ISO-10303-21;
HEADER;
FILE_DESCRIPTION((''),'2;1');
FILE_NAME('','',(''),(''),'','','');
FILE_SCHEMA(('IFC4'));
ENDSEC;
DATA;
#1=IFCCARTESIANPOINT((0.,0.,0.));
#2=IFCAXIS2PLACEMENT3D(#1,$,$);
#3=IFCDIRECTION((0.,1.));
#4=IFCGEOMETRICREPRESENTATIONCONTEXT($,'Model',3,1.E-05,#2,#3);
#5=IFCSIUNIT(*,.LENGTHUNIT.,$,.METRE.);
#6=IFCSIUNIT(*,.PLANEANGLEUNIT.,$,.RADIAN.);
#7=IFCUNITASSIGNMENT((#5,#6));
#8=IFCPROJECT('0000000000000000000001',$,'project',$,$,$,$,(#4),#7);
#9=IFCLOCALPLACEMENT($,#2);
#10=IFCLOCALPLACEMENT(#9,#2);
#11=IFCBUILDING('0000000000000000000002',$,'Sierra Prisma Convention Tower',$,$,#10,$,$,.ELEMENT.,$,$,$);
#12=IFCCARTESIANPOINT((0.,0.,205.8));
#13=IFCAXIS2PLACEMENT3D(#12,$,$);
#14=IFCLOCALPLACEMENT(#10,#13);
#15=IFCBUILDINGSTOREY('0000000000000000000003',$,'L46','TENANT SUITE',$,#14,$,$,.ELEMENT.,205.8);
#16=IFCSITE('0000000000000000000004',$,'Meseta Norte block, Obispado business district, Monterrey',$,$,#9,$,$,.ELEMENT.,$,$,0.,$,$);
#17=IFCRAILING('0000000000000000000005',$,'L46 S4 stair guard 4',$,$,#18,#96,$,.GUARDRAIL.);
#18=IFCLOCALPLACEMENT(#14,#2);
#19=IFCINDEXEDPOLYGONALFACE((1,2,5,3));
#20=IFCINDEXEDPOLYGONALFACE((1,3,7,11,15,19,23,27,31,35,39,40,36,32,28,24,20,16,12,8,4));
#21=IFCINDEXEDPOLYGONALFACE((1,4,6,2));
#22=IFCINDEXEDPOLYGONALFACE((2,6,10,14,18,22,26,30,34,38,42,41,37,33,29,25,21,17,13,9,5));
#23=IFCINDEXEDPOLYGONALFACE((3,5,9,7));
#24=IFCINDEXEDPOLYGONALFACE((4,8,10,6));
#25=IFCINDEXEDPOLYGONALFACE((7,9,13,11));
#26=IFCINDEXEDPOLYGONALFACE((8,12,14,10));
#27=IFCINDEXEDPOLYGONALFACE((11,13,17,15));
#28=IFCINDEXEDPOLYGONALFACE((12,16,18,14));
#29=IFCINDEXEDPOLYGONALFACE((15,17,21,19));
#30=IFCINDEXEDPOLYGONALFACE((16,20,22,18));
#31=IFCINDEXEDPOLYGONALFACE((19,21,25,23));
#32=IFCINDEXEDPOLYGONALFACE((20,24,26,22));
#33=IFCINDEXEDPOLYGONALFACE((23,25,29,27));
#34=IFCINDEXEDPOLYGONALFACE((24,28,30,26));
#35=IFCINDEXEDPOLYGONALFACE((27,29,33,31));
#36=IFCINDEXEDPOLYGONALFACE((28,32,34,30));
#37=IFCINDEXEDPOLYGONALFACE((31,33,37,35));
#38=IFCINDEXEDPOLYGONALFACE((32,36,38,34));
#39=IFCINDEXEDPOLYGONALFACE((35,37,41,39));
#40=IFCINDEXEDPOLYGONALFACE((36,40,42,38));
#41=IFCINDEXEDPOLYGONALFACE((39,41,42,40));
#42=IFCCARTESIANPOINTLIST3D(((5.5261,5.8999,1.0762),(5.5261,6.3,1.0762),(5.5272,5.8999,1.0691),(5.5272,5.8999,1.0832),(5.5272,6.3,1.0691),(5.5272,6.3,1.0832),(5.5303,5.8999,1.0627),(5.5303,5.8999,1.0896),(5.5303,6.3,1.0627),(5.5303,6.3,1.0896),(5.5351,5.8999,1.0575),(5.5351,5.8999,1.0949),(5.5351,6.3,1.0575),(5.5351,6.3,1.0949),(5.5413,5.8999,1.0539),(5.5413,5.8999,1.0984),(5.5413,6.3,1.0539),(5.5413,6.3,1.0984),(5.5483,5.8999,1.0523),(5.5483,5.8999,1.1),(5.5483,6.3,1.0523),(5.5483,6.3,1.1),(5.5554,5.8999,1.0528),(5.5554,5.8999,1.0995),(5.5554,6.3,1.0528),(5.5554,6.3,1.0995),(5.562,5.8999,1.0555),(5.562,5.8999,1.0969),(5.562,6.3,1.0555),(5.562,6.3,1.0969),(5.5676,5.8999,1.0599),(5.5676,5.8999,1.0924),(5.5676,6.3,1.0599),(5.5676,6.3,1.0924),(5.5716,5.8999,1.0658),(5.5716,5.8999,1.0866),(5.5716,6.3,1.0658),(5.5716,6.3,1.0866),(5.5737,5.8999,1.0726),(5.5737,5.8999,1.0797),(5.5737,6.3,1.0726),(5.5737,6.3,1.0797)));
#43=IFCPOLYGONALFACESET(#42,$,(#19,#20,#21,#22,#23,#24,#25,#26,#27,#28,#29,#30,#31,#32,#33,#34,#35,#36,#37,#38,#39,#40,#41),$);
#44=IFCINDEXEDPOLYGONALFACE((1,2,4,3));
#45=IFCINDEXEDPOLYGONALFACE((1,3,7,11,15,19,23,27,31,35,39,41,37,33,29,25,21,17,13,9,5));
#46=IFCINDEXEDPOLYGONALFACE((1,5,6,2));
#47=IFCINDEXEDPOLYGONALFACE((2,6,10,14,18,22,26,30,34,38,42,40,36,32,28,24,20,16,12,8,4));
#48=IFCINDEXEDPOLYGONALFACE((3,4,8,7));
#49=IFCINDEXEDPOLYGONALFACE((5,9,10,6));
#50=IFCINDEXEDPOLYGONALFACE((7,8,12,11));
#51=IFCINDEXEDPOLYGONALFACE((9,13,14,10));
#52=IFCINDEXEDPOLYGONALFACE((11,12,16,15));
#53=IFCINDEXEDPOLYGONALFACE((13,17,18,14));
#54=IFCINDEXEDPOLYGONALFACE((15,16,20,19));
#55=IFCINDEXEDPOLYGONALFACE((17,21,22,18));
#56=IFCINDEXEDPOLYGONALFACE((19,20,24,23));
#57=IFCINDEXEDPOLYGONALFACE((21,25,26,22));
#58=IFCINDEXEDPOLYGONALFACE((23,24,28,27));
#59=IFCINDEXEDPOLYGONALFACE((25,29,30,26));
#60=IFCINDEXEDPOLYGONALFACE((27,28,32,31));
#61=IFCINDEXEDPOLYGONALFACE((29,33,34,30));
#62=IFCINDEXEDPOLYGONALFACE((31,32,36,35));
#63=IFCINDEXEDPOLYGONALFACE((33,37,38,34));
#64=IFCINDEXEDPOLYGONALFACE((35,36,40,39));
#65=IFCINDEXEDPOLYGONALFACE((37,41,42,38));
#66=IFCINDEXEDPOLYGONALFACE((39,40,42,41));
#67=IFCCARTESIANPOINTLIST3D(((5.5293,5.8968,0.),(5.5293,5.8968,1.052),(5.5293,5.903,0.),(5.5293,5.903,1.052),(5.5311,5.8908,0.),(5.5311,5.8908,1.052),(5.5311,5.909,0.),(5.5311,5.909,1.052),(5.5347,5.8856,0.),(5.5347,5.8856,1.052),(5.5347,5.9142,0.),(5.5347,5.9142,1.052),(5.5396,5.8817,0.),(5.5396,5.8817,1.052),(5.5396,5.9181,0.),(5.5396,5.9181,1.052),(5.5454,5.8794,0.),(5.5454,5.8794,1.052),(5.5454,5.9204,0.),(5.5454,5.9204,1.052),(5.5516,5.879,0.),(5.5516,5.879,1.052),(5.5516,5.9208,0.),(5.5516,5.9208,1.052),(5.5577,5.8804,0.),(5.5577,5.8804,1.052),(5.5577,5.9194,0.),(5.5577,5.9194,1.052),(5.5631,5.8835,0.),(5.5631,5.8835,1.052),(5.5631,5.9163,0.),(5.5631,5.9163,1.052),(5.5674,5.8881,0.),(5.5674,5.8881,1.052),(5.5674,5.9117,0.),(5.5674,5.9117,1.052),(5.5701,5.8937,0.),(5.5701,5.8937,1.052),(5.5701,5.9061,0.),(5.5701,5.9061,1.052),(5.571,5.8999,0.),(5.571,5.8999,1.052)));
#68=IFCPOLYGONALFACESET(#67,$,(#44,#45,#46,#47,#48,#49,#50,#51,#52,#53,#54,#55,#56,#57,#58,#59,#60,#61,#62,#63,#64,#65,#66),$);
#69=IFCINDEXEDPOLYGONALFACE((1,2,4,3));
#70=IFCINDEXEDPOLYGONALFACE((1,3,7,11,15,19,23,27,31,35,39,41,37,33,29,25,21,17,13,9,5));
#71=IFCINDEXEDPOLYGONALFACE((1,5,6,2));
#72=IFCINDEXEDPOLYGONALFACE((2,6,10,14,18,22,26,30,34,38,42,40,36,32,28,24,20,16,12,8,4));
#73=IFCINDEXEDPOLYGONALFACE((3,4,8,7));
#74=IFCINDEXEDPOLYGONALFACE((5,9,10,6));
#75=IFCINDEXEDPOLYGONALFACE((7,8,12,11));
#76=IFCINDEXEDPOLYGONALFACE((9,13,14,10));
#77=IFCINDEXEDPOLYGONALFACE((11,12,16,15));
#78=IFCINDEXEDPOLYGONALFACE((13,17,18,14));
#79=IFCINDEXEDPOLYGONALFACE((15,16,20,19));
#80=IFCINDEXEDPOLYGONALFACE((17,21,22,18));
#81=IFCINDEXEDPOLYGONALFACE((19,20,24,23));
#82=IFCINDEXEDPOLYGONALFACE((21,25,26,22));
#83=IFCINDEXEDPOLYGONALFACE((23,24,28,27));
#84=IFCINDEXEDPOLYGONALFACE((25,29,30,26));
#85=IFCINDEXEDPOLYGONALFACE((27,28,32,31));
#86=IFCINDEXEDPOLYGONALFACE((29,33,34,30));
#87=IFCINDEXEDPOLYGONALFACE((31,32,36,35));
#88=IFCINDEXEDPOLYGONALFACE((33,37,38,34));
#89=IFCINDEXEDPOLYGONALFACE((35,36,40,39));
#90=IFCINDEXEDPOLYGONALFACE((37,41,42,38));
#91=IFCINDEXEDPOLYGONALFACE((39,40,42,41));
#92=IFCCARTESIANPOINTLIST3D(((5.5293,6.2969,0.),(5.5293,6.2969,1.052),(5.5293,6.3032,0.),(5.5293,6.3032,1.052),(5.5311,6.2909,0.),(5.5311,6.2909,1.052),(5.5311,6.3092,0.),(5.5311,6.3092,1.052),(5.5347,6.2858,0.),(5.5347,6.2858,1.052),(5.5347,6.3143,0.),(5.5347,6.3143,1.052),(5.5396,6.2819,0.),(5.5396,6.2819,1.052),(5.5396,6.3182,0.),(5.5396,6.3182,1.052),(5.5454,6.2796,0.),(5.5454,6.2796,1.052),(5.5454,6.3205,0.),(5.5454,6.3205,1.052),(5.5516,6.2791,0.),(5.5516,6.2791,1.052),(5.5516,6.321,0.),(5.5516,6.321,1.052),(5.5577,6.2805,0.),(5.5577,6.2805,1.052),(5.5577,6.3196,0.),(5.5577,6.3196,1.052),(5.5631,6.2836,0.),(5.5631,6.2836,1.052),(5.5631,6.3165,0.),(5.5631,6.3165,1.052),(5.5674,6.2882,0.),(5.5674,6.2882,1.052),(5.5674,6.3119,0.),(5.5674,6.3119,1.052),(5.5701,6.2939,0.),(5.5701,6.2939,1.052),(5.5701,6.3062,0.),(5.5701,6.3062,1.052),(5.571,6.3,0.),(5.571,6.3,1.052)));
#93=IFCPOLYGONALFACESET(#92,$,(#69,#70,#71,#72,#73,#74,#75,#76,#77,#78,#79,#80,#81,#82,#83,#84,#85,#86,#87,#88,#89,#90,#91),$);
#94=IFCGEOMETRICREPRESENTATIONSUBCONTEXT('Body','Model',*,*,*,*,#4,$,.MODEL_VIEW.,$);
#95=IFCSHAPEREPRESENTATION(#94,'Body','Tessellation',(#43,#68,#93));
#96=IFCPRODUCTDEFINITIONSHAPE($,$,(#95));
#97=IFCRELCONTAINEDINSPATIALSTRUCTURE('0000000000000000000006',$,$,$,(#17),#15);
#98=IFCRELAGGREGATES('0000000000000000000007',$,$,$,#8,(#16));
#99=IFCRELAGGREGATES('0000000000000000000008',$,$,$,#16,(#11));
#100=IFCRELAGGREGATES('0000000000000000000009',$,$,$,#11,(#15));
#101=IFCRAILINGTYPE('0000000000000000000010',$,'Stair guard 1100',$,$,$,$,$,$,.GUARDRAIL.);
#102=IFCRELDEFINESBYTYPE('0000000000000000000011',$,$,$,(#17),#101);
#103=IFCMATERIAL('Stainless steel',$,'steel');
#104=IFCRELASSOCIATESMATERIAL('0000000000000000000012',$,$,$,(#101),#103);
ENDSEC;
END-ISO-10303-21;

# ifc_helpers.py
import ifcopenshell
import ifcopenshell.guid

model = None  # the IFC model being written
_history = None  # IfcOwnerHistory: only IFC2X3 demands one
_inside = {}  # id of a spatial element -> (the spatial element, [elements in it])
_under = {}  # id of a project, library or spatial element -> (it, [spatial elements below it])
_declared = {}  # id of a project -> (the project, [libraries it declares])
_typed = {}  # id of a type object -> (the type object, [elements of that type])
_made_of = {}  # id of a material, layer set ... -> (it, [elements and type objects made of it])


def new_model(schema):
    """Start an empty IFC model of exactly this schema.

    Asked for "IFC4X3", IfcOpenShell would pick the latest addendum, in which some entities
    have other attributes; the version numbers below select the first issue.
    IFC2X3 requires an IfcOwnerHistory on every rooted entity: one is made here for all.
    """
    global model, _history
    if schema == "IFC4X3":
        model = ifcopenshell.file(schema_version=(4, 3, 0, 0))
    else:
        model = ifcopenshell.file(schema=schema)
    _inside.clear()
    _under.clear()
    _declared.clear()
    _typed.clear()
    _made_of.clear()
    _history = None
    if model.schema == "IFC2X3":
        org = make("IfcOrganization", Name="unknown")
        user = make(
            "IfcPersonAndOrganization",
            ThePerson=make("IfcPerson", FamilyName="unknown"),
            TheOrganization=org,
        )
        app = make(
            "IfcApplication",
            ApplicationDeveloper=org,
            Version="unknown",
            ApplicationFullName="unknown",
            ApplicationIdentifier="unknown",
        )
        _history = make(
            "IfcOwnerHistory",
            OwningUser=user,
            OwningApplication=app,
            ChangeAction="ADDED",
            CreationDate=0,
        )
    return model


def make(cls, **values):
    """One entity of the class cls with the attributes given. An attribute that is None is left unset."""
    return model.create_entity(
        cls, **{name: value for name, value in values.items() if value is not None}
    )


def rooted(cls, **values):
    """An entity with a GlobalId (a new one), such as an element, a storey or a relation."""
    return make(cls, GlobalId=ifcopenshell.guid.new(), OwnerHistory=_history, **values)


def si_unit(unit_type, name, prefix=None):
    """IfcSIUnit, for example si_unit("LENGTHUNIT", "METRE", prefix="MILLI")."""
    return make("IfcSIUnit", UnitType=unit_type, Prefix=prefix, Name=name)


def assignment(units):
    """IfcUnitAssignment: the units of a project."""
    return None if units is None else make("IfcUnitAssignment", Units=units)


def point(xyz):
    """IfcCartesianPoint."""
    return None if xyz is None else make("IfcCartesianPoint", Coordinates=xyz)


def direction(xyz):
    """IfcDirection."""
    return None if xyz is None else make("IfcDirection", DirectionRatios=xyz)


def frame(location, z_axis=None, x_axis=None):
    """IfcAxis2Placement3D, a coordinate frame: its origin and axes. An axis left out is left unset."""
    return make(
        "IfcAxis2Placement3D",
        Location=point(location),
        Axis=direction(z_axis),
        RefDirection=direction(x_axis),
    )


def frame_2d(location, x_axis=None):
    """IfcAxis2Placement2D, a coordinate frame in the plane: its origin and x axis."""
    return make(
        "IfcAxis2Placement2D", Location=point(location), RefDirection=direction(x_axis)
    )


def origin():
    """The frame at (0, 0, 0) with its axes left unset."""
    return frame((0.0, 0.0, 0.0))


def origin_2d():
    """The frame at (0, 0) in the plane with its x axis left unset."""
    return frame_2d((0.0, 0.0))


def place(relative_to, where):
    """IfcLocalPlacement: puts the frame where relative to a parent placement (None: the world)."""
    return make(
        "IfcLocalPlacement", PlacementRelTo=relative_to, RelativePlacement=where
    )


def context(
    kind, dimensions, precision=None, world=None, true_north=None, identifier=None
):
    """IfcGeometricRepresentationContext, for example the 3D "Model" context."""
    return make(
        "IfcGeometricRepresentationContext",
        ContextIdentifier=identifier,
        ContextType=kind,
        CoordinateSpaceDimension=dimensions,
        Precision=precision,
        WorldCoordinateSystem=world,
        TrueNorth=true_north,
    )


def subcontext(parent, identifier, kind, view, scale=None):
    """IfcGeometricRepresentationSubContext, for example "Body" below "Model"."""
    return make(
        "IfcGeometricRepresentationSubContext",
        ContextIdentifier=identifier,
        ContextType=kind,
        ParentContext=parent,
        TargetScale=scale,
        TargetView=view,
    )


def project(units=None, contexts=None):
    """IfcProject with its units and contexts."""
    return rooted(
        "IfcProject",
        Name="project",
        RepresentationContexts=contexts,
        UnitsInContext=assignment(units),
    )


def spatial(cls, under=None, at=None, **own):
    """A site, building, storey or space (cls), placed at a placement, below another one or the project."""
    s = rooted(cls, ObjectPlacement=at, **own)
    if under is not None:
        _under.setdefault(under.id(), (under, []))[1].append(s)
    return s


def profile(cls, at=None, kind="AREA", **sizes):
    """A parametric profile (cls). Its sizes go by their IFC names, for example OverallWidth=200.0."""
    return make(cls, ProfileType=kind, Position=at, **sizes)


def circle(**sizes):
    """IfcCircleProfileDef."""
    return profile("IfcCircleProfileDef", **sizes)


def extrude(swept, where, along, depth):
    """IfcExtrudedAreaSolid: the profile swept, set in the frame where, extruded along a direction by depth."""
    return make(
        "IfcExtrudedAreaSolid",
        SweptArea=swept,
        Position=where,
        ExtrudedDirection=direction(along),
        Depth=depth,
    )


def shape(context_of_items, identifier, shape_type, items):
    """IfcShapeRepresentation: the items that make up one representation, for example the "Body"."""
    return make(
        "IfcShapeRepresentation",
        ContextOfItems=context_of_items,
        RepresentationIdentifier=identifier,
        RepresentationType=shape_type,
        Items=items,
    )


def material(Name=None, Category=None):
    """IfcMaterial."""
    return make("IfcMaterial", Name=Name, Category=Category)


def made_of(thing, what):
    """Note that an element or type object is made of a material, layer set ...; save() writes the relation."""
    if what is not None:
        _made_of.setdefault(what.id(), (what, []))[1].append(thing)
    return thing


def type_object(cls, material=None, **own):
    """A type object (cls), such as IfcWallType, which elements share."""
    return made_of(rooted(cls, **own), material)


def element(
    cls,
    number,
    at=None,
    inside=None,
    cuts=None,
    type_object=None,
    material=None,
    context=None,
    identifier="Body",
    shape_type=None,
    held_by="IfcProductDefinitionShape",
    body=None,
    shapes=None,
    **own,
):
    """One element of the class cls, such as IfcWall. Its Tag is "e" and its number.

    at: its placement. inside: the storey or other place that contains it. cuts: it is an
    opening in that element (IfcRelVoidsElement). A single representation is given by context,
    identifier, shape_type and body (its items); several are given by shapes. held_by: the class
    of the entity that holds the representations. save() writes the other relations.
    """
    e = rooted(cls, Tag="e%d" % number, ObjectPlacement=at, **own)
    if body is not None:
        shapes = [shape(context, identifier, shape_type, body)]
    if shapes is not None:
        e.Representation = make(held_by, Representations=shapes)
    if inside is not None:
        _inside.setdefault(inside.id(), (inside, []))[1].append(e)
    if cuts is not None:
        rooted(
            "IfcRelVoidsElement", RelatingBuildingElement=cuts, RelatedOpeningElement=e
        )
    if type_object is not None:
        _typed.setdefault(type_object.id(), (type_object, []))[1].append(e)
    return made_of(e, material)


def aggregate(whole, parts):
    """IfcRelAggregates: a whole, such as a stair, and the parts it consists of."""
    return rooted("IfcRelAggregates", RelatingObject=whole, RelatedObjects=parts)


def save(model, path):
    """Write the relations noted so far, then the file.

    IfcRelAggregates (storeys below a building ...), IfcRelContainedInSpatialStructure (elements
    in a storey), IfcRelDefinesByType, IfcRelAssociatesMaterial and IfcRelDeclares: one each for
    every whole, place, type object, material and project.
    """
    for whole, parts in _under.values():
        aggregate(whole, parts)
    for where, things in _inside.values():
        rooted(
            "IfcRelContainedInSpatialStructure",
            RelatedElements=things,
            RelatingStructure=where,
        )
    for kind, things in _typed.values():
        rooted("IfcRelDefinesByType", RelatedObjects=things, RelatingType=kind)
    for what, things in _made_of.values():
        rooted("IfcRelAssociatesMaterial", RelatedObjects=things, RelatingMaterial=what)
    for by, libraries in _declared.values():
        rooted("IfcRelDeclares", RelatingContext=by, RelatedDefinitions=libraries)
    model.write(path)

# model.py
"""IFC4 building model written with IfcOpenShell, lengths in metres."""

from ifc_helpers import new_model, si_unit, direction, frame, origin, origin_2d, place, context, subcontext, project, spatial, circle, extrude, material, type_object, element, save


model = new_model("IFC4")

# Units and contexts
model_context = context("Model", 3, precision=1e-05, world=origin(), true_north=direction((0.0, 1.0)))
body_context = subcontext(model_context, "Body", "Model", "MODEL_VIEW")
ifc_project = project(units=[si_unit("LENGTHUNIT", "METRE"), si_unit("PLANEANGLEUNIT", "RADIAN")], contexts=[model_context])

# Site, building, storey
site_placement = place(None, origin())
site = spatial("IfcSite", under=ifc_project, at=site_placement, Name="Meseta Norte block, Obispado business district, Monterrey", CompositionType="ELEMENT", RefElevation=0.0)
building_placement = place(site_placement, origin())
building = spatial("IfcBuilding", under=site, at=building_placement, Name="Sierra Prisma Convention Tower", CompositionType="ELEMENT")
storey_placement = place(building_placement, frame((0.0, 0.0, 205.8)))
storey = spatial("IfcBuildingStorey", under=building, at=storey_placement, Name="L46", Description="TENANT SUITE", CompositionType="ELEMENT", Elevation=205.8)

# Railing
ifc_material_1 = material(Name="Stainless steel", Category="steel")
railing_type_1 = type_object("IfcRailingType", Name="Stair guard 1100", PredefinedType="GUARDRAIL", material=ifc_material_1)
railing_1_placement = place(storey_placement, frame((5.55, 5.8999, 0.0)))
element("IfcRailing", 1, at=railing_1_placement, inside=storey, type_object=railing_type_1, Name="L46 S4 stair guard 4", PredefinedType="GUARDRAIL", context=body_context, shape_type="SweptSolid", body=[
    extrude(circle(Radius=0.0239, at=origin_2d()), frame((0.0, 0.0, 1.0762), z_axis=(0.0, 1.0, 0.0), x_axis=(-1.0, 0.0, 0.0)), (0.0, 0.0, 1.0), 0.4001),
    extrude(circle(Radius=0.021, at=origin_2d()), origin(), (0.0, 0.0, 1.0), 1.052),
    extrude(circle(Radius=0.021, at=origin_2d()), frame((0.0, 0.4001, 0.0)), (0.0, 0.0, 1.0), 1.052),
])

save(model, "model.ifc")
